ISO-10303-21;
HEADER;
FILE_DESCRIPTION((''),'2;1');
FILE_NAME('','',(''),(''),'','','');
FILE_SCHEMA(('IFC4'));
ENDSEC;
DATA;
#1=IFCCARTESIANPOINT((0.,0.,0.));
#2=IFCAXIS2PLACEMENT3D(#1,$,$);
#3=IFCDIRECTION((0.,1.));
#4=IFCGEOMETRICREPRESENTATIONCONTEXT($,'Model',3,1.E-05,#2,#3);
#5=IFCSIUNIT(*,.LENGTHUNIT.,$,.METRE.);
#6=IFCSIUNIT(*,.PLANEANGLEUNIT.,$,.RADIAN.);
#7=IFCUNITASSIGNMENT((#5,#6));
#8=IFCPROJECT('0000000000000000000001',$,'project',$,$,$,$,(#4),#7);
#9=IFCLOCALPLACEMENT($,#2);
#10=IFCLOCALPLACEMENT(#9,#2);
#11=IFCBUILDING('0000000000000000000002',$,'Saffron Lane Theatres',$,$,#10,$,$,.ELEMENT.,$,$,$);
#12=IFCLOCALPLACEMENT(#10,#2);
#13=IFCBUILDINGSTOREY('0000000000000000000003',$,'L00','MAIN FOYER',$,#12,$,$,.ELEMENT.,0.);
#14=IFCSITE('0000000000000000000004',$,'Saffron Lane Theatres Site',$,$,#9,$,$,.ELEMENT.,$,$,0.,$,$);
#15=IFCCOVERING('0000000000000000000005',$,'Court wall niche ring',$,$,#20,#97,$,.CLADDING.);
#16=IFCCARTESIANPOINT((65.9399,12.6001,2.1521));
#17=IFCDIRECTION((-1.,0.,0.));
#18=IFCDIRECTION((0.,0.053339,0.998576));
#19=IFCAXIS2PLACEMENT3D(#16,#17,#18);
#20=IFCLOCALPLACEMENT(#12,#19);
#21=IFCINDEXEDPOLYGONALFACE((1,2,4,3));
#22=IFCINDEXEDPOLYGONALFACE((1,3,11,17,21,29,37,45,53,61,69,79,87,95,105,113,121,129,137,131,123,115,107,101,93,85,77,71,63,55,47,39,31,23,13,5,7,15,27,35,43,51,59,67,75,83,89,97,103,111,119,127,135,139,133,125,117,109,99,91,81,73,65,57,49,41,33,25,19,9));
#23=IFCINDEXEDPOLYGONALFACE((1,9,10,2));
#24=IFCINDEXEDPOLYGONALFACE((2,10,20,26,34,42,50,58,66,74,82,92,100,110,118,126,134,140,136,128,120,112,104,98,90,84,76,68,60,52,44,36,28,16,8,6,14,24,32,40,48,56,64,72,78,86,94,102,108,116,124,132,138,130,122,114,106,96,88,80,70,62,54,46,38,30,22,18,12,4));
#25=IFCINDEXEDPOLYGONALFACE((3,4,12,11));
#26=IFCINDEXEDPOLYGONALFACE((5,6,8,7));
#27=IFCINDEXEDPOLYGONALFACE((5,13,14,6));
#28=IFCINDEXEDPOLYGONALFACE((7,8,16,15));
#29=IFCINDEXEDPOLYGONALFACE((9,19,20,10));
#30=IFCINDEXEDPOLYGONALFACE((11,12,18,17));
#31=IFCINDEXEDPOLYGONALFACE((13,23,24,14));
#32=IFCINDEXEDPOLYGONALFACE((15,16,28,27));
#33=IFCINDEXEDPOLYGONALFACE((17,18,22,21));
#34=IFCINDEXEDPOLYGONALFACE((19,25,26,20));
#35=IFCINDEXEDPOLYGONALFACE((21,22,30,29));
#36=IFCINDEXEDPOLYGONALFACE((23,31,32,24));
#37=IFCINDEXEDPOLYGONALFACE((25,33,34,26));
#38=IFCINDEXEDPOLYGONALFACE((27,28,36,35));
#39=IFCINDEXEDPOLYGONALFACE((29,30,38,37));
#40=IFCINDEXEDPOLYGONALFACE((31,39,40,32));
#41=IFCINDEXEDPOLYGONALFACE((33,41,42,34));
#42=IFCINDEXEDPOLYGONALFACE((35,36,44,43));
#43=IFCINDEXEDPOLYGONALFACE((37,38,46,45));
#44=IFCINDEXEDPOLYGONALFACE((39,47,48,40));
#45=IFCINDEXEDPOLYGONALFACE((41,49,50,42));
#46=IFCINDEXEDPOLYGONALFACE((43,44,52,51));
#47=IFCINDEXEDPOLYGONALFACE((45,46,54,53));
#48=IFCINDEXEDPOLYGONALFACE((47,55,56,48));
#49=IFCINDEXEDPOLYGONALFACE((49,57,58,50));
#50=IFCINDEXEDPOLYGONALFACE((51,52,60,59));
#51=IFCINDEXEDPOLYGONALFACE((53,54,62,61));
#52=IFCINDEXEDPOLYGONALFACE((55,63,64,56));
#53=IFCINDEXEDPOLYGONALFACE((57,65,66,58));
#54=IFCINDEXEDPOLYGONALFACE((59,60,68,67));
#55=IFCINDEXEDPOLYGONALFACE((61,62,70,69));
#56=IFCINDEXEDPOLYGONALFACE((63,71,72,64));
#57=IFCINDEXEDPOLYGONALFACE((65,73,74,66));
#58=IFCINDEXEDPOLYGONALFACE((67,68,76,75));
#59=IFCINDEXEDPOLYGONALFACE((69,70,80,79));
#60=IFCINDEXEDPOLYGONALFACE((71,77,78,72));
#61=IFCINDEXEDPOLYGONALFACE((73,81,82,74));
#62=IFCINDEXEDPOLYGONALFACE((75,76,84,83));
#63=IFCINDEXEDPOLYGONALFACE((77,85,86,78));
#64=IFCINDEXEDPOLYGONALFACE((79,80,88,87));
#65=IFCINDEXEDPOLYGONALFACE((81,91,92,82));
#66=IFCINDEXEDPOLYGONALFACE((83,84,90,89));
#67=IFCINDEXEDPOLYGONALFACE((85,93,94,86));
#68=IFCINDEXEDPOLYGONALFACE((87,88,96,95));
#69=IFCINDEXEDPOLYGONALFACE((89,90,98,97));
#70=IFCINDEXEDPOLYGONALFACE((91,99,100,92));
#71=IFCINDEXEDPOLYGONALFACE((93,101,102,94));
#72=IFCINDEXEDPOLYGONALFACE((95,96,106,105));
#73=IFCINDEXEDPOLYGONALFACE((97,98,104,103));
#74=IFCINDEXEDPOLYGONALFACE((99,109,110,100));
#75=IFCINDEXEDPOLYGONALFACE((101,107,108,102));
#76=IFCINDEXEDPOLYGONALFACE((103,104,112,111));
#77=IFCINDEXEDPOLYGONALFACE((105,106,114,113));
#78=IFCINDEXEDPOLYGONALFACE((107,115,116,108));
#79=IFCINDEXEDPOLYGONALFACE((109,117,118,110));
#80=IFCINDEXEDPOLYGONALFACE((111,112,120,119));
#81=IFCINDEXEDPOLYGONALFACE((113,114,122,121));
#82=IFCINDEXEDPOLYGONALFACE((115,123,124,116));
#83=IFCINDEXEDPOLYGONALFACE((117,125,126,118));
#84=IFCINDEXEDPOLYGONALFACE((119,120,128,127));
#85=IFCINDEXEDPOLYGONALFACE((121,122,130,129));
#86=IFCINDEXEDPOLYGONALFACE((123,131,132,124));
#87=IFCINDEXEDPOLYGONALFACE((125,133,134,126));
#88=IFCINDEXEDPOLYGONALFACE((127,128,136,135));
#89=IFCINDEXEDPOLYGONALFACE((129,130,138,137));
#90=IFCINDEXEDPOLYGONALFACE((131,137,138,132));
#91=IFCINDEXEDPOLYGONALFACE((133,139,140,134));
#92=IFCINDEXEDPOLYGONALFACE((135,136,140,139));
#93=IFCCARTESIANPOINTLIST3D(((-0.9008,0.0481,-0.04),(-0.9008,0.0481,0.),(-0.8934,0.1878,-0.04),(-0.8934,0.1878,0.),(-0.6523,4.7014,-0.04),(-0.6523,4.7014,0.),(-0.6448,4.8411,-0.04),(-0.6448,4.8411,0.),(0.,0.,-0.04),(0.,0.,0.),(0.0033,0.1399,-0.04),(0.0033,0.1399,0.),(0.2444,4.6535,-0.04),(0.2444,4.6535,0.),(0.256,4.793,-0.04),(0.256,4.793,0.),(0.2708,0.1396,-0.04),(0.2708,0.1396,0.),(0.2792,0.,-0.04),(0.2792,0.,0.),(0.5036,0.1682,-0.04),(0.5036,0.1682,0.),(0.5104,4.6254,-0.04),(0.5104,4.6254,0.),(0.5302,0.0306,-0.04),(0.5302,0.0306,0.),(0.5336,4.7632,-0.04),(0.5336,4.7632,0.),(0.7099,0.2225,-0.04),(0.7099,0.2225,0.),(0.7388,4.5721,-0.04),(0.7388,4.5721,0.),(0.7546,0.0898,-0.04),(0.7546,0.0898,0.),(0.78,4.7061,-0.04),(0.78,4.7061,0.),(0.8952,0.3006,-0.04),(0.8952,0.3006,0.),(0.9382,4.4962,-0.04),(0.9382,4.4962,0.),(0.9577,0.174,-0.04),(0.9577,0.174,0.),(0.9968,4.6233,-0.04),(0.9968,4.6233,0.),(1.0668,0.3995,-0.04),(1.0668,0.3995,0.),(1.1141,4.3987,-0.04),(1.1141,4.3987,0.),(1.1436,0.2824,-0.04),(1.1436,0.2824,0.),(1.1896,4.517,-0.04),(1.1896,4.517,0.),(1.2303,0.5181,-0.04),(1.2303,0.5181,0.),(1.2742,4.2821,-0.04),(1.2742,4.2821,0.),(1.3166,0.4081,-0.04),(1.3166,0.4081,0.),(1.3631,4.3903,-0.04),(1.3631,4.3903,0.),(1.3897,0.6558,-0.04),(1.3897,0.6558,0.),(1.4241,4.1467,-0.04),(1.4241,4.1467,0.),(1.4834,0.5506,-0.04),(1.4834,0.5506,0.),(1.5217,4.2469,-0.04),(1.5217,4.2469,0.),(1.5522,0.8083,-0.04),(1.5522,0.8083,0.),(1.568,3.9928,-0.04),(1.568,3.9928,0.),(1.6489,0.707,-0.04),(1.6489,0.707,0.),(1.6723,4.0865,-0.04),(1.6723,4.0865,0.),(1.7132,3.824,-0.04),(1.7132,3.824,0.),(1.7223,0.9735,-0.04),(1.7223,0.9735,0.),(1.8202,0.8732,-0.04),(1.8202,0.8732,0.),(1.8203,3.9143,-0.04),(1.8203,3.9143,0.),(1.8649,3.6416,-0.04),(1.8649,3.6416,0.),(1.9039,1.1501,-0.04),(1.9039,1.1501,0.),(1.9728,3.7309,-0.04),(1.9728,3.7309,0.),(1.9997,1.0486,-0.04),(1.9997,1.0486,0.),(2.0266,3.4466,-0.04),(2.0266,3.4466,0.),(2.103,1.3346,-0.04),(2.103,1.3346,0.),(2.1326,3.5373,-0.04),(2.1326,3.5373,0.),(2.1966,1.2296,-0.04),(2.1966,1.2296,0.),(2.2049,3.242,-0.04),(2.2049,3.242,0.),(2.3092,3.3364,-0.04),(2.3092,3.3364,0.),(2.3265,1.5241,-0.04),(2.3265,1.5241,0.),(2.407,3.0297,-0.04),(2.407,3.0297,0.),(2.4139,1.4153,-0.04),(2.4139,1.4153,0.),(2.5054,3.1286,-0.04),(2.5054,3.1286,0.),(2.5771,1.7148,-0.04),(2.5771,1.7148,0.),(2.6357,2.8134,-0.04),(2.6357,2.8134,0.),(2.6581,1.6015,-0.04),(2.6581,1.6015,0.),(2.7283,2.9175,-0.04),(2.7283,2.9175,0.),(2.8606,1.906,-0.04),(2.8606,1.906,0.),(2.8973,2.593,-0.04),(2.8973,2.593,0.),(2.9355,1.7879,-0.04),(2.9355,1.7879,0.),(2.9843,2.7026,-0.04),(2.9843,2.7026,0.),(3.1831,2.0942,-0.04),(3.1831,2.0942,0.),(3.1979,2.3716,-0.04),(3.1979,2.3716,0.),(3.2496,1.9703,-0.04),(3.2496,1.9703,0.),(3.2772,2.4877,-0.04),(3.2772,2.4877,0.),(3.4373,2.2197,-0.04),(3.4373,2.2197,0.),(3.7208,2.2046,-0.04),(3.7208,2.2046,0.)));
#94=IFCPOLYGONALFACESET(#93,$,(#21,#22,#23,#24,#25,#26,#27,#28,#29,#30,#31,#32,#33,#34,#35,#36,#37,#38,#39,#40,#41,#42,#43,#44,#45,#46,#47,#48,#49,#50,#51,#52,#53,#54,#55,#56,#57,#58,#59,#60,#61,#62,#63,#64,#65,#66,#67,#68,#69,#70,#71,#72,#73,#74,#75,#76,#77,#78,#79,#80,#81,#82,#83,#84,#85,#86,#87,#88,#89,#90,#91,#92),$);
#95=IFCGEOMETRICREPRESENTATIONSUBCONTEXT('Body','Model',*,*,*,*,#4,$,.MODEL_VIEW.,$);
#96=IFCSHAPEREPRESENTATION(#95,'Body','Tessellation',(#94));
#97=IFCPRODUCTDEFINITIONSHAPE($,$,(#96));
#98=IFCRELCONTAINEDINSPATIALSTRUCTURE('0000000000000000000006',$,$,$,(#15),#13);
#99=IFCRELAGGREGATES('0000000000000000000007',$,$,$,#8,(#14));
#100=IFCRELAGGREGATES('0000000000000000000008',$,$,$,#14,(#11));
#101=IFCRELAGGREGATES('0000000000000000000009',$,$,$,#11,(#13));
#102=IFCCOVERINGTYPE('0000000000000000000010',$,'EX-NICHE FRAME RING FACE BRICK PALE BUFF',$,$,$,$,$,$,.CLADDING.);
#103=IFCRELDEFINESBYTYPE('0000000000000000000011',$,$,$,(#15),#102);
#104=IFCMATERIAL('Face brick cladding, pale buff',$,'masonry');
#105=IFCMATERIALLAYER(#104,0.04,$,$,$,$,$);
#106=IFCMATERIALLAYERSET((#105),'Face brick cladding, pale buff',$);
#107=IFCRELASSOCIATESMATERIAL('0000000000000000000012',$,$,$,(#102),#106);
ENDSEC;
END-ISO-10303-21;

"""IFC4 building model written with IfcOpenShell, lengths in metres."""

from ifc_helpers import new_model, si_unit, direction, frame, origin, place, context, subcontext, project, spatial, polyline, outline, extrude, material, layer, layer_set, type_object, element, save


model = new_model("IFC4")

# Units and contexts
model_context = context("Model", 3, precision=1e-05, world=origin(), true_north=direction((0.0, 1.0)))
body_context = subcontext(model_context, "Body", "Model", "MODEL_VIEW")
ifc_project = project(units=[si_unit("LENGTHUNIT", "METRE"), si_unit("PLANEANGLEUNIT", "RADIAN")], contexts=[model_context])

# Site, building, storey
site_placement = place(None, origin())
site = spatial("IfcSite", under=ifc_project, at=site_placement, Name="Saffron Lane Theatres Site", CompositionType="ELEMENT", RefElevation=0.0)
building_placement = place(site_placement, origin())
building = spatial("IfcBuilding", under=site, at=building_placement, Name="Saffron Lane Theatres", CompositionType="ELEMENT")
storey_placement = place(building_placement, origin())
storey = spatial("IfcBuildingStorey", under=building, at=storey_placement, Name="L00", Description="MAIN FOYER", CompositionType="ELEMENT", Elevation=0.0)

# Covering
ifc_material_1 = material(Name="Face brick cladding, pale buff", Category="masonry")
ifc_layer_1 = layer(ifc_material_1, 0.04)
ifc_layer_set_1 = layer_set([ifc_layer_1], Name="Face brick cladding, pale buff")
covering_type_1 = type_object("IfcCoveringType", Name="EX-NICHE FRAME RING FACE BRICK PALE BUFF", PredefinedType="CLADDING", material=ifc_layer_set_1)
covering_1_placement = place(storey_placement, frame((65.9399, 12.6001, 2.1521), z_axis=(-1.0, 0.0, 0.0), x_axis=(0.0, 0.053339, 0.998576)))
element("IfcCovering", 1, at=covering_1_placement, inside=storey, type_object=covering_type_1, Name="Court wall niche ring", PredefinedType="CLADDING", context=body_context, shape_type="SweptSolid", body=[
    extrude(outline(polyline([(0.0, 0.0), (0.2792, 0.0), (0.5302, 0.0306), (0.7546, 0.0898), (0.9577, 0.174), (1.1436, 0.2824), (1.3166, 0.4081), (1.4834, 0.5506), (1.6489, 0.707), (1.8202, 0.8732), (1.9997, 1.0486), (2.1966, 1.2296), (2.4139, 1.4153), (2.6581, 1.6015), (2.9355, 1.7879), (3.2496, 1.9703), (3.7208, 2.2046), (3.2772, 2.4877), (2.9843, 2.7026), (2.7283, 2.9175), (2.5054, 3.1286), (2.3092, 3.3364), (2.1326, 3.5373), (1.9728, 3.7309), (1.8203, 3.9143), (1.6723, 4.0865), (1.5217, 4.2469), (1.3631, 4.3903), (1.1896, 4.517), (0.9968, 4.6233), (0.78, 4.7061), (0.5336, 4.7632), (0.256, 4.793), (-0.6448, 4.8411), (-0.6523, 4.7014), (0.2444, 4.6535), (0.5104, 4.6254), (0.7388, 4.5721), (0.9382, 4.4962), (1.1141, 4.3987), (1.2742, 4.2821), (1.4241, 4.1467), (1.568, 3.9928), (1.7132, 3.824), (1.8649, 3.6416), (2.0266, 3.4466), (2.2049, 3.242), (2.407, 3.0297), (2.6357, 2.8134), (2.8973, 2.593), (3.1979, 2.3716), (3.4373, 2.2197), (3.1831, 2.0942), (2.8606, 1.906), (2.5771, 1.7148), (2.3265, 1.5241), (2.103, 1.3346), (1.9039, 1.1501), (1.7223, 0.9735), (1.5522, 0.8083), (1.3897, 0.6558), (1.2303, 0.5181), (1.0668, 0.3995), (0.8952, 0.3006), (0.7099, 0.2225), (0.5036, 0.1682), (0.2708, 0.1396), (0.0033, 0.1399), (-0.8934, 0.1878), (-0.9008, 0.0481), (0.0, 0.0)])), origin(), (0.0, 0.0, -1.0), 0.04),
])

save(model, "model.ifc")
